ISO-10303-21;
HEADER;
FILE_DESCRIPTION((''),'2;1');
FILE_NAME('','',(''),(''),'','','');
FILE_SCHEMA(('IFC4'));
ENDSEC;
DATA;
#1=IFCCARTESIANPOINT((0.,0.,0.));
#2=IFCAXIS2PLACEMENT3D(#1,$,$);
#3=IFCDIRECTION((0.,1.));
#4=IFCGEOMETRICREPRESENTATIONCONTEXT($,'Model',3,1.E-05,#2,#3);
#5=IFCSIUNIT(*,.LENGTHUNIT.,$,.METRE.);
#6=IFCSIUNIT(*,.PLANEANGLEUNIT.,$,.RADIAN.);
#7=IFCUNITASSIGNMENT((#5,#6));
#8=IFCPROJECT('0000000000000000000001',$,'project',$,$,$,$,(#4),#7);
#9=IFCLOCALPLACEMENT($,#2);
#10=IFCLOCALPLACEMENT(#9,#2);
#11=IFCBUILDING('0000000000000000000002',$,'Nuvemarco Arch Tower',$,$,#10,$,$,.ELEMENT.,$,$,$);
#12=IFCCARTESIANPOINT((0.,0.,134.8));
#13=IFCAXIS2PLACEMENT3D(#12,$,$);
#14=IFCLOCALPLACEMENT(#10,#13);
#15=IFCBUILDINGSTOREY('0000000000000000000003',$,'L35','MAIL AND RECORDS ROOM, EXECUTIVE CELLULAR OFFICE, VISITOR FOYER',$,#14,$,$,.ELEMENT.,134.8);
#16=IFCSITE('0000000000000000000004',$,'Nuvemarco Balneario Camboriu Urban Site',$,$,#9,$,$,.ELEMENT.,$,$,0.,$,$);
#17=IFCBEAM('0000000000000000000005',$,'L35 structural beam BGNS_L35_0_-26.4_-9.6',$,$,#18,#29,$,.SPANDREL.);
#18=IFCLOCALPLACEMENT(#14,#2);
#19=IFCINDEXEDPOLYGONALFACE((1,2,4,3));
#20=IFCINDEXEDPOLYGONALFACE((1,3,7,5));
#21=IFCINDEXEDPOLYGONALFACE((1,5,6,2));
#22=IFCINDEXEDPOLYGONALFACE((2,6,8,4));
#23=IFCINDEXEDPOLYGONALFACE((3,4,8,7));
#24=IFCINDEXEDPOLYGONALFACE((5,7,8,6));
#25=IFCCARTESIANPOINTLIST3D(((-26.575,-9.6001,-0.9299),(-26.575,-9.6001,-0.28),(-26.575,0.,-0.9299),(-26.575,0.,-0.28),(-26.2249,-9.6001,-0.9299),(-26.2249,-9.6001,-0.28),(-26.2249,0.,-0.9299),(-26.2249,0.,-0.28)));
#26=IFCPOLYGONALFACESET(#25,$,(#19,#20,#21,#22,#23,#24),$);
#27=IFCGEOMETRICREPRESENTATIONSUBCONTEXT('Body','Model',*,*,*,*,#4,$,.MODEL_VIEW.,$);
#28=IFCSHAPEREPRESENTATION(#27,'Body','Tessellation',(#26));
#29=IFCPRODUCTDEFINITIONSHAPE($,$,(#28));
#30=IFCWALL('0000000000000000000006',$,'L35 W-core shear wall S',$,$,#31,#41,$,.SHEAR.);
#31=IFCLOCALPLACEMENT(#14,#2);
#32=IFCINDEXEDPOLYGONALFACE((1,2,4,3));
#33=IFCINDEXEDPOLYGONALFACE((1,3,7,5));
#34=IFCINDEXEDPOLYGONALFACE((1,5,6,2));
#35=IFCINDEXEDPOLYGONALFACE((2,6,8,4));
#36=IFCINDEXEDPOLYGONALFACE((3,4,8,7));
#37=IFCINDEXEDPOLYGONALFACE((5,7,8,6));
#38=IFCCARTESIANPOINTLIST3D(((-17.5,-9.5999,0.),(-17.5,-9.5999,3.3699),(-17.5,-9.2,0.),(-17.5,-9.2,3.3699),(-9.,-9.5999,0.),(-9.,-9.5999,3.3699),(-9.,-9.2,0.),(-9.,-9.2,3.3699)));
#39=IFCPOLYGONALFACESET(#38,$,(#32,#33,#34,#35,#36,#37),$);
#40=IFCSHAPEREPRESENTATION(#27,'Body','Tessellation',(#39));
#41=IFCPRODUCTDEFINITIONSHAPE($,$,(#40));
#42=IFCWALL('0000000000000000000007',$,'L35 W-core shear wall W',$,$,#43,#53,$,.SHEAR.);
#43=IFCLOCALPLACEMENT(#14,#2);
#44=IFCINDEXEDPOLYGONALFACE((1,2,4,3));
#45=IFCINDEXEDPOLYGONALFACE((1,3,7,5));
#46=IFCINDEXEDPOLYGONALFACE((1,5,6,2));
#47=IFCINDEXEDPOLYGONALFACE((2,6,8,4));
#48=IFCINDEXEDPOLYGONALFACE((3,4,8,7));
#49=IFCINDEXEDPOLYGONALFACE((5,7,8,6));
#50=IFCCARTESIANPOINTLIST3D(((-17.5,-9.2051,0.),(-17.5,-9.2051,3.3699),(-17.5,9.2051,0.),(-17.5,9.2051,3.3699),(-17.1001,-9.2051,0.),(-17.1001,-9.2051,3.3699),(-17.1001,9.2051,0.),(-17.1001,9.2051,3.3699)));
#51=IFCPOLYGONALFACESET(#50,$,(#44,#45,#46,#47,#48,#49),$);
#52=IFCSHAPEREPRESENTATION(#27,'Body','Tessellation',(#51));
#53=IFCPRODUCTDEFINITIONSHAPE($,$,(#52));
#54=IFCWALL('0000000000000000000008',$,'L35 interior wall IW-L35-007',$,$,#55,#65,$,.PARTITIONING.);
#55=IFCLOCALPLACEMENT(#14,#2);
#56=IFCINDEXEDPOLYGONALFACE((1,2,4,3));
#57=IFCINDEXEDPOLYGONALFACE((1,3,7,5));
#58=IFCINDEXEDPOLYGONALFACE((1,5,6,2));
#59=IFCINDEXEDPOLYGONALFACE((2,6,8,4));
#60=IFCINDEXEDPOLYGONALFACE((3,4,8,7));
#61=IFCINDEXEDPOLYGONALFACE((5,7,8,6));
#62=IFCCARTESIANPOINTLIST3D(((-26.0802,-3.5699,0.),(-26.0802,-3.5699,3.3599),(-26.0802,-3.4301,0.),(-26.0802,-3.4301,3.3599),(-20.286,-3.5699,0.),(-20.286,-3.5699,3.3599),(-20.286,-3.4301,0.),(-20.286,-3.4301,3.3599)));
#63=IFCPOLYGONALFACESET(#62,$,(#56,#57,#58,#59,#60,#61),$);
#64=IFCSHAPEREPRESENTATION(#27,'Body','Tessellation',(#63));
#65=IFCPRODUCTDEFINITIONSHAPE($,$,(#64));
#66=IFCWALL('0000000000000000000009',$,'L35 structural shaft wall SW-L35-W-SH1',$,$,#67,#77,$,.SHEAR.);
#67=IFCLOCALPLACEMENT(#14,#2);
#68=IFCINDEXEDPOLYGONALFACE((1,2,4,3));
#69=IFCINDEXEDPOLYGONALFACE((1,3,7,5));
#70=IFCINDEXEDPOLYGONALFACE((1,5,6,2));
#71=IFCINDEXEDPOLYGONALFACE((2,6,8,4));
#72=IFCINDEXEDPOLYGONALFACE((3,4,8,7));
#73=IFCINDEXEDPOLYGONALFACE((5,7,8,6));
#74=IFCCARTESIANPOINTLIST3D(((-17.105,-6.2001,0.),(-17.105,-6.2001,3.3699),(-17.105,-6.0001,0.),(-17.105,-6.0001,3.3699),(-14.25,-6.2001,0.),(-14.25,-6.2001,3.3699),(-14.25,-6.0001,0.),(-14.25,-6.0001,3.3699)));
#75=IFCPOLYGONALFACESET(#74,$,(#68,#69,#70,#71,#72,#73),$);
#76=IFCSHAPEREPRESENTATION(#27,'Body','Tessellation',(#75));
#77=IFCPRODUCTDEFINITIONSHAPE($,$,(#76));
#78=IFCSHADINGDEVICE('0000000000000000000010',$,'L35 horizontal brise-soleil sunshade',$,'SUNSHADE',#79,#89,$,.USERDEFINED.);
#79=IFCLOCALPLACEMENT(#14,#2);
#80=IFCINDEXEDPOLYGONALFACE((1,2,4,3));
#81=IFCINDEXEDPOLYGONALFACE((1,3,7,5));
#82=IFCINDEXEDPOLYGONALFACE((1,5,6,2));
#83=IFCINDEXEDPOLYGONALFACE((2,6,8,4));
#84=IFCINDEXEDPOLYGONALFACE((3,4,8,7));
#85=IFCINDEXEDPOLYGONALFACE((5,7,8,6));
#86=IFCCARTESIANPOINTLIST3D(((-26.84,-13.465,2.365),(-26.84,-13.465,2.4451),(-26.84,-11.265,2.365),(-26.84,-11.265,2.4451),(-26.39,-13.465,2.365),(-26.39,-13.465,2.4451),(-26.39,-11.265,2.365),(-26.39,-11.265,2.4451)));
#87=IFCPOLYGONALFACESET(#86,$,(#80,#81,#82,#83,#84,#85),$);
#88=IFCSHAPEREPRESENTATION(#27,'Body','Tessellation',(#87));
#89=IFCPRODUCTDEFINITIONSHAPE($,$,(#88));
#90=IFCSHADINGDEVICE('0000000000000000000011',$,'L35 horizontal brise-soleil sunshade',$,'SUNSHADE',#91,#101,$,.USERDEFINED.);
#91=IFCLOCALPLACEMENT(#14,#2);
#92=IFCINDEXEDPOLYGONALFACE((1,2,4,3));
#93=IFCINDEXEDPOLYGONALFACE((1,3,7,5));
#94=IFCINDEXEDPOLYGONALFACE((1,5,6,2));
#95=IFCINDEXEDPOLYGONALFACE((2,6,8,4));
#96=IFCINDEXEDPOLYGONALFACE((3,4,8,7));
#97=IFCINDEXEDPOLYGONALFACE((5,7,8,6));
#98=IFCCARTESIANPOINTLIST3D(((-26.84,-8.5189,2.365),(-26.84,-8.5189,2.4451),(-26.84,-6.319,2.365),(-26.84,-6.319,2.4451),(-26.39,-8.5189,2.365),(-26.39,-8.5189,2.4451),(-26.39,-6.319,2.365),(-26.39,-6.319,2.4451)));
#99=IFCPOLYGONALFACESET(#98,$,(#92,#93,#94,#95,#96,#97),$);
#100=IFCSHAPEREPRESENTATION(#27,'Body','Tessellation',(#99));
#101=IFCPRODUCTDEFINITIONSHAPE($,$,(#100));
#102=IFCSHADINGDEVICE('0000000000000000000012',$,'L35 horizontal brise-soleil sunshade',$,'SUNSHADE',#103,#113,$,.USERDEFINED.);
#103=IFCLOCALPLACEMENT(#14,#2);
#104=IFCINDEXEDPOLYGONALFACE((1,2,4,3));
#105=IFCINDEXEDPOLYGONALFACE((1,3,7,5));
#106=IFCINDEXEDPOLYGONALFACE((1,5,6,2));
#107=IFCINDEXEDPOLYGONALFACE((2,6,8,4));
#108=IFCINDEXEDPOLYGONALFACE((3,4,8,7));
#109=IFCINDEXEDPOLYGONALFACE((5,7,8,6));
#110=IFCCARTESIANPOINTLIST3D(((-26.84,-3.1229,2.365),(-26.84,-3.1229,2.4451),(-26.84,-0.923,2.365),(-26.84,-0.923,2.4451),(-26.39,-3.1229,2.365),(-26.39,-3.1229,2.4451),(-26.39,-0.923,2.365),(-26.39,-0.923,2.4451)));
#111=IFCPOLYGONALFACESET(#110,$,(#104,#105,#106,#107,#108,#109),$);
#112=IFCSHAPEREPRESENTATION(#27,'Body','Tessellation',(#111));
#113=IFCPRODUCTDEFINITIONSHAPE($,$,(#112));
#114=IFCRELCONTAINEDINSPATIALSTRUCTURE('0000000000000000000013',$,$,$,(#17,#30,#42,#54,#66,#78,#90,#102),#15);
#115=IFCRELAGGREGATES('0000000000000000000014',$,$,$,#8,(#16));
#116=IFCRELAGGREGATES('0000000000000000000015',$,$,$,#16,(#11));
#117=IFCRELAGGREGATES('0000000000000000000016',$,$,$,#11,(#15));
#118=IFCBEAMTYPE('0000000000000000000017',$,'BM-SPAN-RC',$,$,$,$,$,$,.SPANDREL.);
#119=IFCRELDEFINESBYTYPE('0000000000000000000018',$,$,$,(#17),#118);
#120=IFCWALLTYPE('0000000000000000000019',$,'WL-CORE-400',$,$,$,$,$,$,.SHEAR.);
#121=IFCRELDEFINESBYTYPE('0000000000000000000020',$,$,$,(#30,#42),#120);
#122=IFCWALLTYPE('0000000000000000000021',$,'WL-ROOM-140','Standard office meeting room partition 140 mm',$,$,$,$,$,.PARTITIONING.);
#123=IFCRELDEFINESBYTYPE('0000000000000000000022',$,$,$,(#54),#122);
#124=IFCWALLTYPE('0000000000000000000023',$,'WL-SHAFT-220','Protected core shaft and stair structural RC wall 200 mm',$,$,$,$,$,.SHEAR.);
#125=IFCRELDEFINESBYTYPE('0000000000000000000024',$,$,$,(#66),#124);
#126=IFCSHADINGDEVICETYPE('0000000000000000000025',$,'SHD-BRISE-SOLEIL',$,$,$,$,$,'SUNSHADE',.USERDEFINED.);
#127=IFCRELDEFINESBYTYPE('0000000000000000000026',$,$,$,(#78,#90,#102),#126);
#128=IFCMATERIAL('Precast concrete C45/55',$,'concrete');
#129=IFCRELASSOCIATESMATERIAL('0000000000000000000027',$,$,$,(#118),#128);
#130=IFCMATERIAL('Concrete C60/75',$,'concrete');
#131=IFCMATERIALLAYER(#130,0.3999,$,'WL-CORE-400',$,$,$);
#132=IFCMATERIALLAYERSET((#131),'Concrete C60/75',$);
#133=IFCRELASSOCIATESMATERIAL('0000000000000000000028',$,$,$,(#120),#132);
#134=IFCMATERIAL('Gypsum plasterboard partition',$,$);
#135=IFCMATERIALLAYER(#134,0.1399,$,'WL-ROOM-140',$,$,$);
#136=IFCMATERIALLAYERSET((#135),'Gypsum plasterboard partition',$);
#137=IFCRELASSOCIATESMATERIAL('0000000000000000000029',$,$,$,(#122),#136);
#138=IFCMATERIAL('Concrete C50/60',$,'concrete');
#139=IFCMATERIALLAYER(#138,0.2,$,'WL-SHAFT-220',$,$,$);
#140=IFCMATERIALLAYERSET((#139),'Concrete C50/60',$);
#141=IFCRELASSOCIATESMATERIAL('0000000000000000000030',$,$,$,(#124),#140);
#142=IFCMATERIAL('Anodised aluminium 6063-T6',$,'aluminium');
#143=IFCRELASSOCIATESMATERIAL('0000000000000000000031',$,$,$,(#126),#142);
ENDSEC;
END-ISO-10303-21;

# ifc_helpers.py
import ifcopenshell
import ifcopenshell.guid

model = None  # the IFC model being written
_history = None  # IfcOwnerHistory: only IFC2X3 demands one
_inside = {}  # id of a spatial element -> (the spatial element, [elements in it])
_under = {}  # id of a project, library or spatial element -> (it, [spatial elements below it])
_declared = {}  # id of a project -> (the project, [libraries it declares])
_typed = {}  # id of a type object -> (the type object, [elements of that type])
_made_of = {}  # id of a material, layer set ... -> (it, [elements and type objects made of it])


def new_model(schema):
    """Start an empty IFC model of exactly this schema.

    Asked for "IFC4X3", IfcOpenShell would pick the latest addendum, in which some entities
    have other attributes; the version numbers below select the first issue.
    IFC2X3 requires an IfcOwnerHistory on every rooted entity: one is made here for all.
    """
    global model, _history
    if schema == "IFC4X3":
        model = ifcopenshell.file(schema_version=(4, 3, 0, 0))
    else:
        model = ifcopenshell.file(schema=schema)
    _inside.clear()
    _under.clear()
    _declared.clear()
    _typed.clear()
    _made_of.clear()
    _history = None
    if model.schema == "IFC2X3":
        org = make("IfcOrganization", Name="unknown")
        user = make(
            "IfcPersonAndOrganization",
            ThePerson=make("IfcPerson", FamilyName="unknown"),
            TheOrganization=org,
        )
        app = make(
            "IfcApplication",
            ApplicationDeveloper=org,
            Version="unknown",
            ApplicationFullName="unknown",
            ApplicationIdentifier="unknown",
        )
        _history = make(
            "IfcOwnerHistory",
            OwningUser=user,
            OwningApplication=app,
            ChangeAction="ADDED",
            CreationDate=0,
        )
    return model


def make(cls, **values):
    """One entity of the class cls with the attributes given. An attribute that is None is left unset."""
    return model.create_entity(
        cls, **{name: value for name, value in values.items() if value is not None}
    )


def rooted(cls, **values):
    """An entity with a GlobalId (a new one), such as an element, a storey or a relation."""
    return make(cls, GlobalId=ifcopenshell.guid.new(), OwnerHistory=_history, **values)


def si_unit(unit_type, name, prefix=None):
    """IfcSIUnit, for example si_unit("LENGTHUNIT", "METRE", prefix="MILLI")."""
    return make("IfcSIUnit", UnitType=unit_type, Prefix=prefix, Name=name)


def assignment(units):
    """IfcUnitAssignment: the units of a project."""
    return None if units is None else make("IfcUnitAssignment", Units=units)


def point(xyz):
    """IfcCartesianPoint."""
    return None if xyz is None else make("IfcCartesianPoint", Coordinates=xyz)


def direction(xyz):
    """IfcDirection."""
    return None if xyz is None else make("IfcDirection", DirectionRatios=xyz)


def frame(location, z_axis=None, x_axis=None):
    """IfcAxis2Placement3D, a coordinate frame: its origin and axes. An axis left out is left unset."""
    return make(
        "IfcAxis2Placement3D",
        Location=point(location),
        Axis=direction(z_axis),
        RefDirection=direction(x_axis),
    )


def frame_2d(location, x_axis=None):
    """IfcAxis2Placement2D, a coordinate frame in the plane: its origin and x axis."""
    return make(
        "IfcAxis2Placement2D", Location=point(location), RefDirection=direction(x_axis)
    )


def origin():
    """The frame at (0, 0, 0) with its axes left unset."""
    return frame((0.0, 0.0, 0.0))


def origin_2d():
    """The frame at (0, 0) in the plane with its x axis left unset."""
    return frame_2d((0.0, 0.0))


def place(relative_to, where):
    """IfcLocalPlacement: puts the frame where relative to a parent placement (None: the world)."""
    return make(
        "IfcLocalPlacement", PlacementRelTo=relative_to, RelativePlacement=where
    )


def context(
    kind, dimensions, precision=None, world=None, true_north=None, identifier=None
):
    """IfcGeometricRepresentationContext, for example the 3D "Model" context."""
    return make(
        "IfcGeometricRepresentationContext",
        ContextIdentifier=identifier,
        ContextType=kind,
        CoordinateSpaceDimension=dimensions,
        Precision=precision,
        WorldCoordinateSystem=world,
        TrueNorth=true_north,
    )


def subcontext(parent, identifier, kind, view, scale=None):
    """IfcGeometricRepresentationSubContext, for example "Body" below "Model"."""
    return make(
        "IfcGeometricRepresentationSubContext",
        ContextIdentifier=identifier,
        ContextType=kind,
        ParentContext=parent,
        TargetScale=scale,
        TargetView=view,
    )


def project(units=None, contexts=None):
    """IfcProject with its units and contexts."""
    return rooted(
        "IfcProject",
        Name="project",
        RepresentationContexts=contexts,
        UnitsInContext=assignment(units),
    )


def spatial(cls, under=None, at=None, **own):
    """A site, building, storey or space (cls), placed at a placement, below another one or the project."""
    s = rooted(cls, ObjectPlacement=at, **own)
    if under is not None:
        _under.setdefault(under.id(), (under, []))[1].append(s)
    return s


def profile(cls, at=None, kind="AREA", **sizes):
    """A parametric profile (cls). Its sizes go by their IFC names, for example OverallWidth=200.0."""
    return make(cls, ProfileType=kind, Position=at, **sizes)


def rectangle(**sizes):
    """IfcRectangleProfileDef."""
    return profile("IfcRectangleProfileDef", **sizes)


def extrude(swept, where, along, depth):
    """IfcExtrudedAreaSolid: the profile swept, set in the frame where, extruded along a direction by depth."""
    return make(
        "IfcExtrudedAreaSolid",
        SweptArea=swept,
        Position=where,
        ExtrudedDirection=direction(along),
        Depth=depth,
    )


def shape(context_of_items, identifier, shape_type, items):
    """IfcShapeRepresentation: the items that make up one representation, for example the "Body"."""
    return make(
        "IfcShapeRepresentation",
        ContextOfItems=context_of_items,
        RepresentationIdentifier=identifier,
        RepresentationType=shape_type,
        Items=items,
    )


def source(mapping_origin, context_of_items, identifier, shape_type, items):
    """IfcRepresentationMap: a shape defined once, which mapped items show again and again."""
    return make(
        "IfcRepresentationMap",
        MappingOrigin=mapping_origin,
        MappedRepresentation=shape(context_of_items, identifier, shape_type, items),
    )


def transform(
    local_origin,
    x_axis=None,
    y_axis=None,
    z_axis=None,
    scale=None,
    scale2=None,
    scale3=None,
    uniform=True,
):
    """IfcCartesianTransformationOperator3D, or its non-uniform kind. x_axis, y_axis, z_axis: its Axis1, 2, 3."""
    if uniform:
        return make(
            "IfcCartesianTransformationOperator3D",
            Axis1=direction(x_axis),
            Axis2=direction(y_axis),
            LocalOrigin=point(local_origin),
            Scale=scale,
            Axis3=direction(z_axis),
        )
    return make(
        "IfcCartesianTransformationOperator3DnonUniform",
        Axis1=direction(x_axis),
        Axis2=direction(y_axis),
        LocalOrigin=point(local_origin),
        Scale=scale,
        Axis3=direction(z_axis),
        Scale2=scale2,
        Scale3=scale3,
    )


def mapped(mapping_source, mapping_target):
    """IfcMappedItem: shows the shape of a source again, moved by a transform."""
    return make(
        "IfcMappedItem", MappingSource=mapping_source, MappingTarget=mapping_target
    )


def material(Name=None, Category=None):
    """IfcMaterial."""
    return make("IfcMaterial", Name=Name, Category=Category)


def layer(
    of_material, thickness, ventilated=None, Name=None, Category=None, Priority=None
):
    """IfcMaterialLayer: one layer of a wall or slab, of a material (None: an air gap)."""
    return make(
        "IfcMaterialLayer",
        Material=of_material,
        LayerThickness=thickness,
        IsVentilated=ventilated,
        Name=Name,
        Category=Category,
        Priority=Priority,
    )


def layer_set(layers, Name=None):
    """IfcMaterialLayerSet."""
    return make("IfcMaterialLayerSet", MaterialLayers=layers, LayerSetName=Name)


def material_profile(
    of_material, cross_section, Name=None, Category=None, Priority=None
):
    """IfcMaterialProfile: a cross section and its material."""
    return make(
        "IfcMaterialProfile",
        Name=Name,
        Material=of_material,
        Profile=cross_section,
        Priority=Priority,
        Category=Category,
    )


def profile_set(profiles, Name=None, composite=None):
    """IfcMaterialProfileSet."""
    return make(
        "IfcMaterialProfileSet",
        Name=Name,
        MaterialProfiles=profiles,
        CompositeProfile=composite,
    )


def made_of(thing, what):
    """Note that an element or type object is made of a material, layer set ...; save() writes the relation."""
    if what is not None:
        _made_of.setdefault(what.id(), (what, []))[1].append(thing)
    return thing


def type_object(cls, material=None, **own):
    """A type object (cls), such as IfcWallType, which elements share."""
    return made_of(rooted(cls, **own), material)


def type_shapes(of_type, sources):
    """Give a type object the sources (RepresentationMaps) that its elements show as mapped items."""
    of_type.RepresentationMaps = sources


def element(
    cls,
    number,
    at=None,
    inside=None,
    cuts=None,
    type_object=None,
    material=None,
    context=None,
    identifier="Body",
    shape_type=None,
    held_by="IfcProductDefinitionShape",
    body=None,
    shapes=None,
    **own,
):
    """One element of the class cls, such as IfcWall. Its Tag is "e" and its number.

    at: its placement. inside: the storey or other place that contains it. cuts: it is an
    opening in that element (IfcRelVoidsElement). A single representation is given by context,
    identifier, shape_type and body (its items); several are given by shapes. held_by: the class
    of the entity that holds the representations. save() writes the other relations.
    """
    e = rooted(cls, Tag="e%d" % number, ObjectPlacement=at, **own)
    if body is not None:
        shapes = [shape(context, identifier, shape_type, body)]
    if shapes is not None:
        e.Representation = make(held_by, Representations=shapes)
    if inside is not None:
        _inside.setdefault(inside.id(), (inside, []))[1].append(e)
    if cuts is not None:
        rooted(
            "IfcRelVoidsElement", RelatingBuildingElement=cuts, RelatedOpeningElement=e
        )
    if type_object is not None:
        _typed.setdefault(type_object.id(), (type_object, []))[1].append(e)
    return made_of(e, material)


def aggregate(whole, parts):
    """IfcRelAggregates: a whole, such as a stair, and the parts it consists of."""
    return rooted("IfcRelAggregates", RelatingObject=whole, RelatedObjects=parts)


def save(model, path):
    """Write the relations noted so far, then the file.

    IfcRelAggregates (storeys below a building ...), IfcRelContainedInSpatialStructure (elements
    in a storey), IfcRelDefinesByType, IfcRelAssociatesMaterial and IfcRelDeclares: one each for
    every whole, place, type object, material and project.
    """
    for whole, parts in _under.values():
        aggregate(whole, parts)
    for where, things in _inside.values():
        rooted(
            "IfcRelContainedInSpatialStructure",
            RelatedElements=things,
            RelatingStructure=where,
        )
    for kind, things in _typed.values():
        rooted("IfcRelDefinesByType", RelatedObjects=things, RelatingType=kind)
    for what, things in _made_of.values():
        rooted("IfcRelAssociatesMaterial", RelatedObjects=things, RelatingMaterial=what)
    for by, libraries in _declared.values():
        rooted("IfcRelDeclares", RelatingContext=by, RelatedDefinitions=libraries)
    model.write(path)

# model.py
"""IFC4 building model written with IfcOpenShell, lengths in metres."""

from ifc_helpers import new_model, si_unit, direction, frame, frame_2d, origin, origin_2d, place, context, subcontext, project, spatial, rectangle, extrude, source, transform, mapped, material, layer, layer_set, material_profile, profile_set, type_object, type_shapes, element, save


model = new_model("IFC4")

# Units and contexts
model_context = context("Model", 3, precision=1e-05, world=origin(), true_north=direction((0.0, 1.0)))
body_context = subcontext(model_context, "Body", "Model", "MODEL_VIEW")
ifc_project = project(units=[si_unit("LENGTHUNIT", "METRE"), si_unit("PLANEANGLEUNIT", "RADIAN")], contexts=[model_context])

# Site, building, storey
site_placement = place(None, origin())
site = spatial("IfcSite", under=ifc_project, at=site_placement, Name="Nuvemarco Balneario Camboriu Urban Site", CompositionType="ELEMENT", RefElevation=0.0)
building_placement = place(site_placement, origin())
building = spatial("IfcBuilding", under=site, at=building_placement, Name="Nuvemarco Arch Tower", CompositionType="ELEMENT")
storey_placement = place(building_placement, frame((0.0, 0.0, 134.8)))
storey = spatial("IfcBuildingStorey", under=building, at=storey_placement, Name="L35", Description="MAIL AND RECORDS ROOM, EXECUTIVE CELLULAR OFFICE, VISITOR FOYER", CompositionType="ELEMENT", Elevation=134.8)

# Shared definitions
ifc_material_1 = material(Name="Concrete C50/60", Category="concrete")

# Beam
ifc_material_2 = material(Name="Precast concrete C45/55", Category="concrete")
ifc_material_profile_1 = material_profile(ifc_material_2, rectangle(XDim=0.3501, YDim=0.6499, at=origin_2d()), Name="PC-SP-350x650")
ifc_profile_set_1 = profile_set([ifc_material_profile_1], Name="Precast concrete C45/55")
beam_type_1 = type_object("IfcBeamType", Name="BM-SPAN-RC", PredefinedType="SPANDREL", material=ifc_profile_set_1)
beam_1_placement = place(storey_placement, frame((-26.3999, -9.6001, -0.605), z_axis=(0.0, 1.0, 0.0), x_axis=(-1.0, 0.0, 0.0)))
element("IfcBeam", 1, at=beam_1_placement, inside=storey, type_object=beam_type_1, Name="L35 structural beam BGNS_L35_0_-26.4_-9.6", PredefinedType="SPANDREL", context=body_context, shape_type="SweptSolid", body=[
    extrude(rectangle(XDim=0.3501, YDim=0.6499, at=origin_2d()), origin(), (0.0, 0.0, 1.0), 9.6001),
])

# Walls
ifc_material_3 = material(Name="Concrete C60/75", Category="concrete")
ifc_layer_1 = layer(ifc_material_3, 0.3999, Name="WL-CORE-400")
ifc_layer_set_1 = layer_set([ifc_layer_1], Name="Concrete C60/75")
wall_type_1 = type_object("IfcWallType", Name="WL-CORE-400", PredefinedType="SHEAR", material=ifc_layer_set_1)
wall_1_placement = place(storey_placement, frame((-17.5, -9.3999, 0.0), z_axis=(0.0, 0.0, 1.0), x_axis=(1.0, 0.0, 0.0)))
element("IfcWall", 2, at=wall_1_placement, inside=storey, type_object=wall_type_1, Name="L35 W-core shear wall S", PredefinedType="SHEAR", context=body_context, shape_type="SweptSolid", body=[
    extrude(rectangle(XDim=8.5, YDim=0.3999, at=frame_2d((4.25, 0.0))), origin(), (0.0, 0.0, 1.0), 3.3699),
])
wall_2_placement = place(storey_placement, frame((-17.3, -9.2051, 0.0), z_axis=(0.0, 0.0, 1.0), x_axis=(0.0, 1.0, 0.0)))
element("IfcWall", 3, at=wall_2_placement, inside=storey, type_object=wall_type_1, Name="L35 W-core shear wall W", PredefinedType="SHEAR", context=body_context, shape_type="SweptSolid", body=[
    extrude(rectangle(XDim=18.4102, YDim=0.3999, at=frame_2d((9.2051, 0.0))), origin(), (0.0, 0.0, 1.0), 3.3699),
])
ifc_material_4 = material(Name="Gypsum plasterboard partition")
ifc_layer_2 = layer(ifc_material_4, 0.1399, Name="WL-ROOM-140")
ifc_layer_set_2 = layer_set([ifc_layer_2], Name="Gypsum plasterboard partition")
wall_type_2 = type_object("IfcWallType", Name="WL-ROOM-140", Description="Standard office meeting room partition 140 mm", PredefinedType="PARTITIONING", material=ifc_layer_set_2)
wall_3_placement = place(storey_placement, frame((-26.0801, -3.5, 0.0), z_axis=(0.0, 0.0, 1.0), x_axis=(1.0, 0.0, 0.0)))
element("IfcWall", 4, at=wall_3_placement, inside=storey, type_object=wall_type_2, Name="L35 interior wall IW-L35-007", PredefinedType="PARTITIONING", context=body_context, shape_type="SweptSolid", body=[
    extrude(rectangle(XDim=5.7942, YDim=0.1399, at=frame_2d((2.897, 0.0))), origin(), (0.0, 0.0, 1.0), 3.3599),
])
ifc_layer_3 = layer(ifc_material_1, 0.2, Name="WL-SHAFT-220")
ifc_layer_set_3 = layer_set([ifc_layer_3], Name="Concrete C50/60")
wall_type_3 = type_object("IfcWallType", Name="WL-SHAFT-220", Description="Protected core shaft and stair structural RC wall 200 mm", PredefinedType="SHEAR", material=ifc_layer_set_3)
wall_4_placement = place(storey_placement, frame((-17.105, -6.1001, 0.0), z_axis=(0.0, 0.0, 1.0), x_axis=(1.0, 0.0, 0.0)))
element("IfcWall", 5, at=wall_4_placement, inside=storey, type_object=wall_type_3, Name="L35 structural shaft wall SW-L35-W-SH1", PredefinedType="SHEAR", context=body_context, shape_type="SweptSolid", body=[
    extrude(rectangle(XDim=2.855, YDim=0.2, at=frame_2d((1.4275, 0.0))), origin(), (0.0, 0.0, 1.0), 3.3699),
])

# Shading devices
ifc_material_5 = material(Name="Anodised aluminium 6063-T6", Category="aluminium")
shading_device_type = type_object("IfcShadingDeviceType", Name="SHD-BRISE-SOLEIL", ElementType="SUNSHADE", PredefinedType="USERDEFINED", material=ifc_material_5)
shared_shape = source(origin(), body_context, "Body", "SweptSolid", [
    extrude(rectangle(XDim=2.2, YDim=0.45, at=origin_2d()), origin(), (0.0, 0.0, 1.0), 0.0801),
])
type_shapes(shading_device_type, [shared_shape])
for number, where, z_axis, x_axis, name in (
    (6, (-26.615, -12.365, 2.365), (0.0, 0.0, 1.0), (0.0, 1.0, 0.0), "L35 horizontal brise-soleil sunshade"),
    (7, (-26.615, -7.4189, 2.365), (0.0, 0.0, 1.0), (0.0, 1.0, 0.0), "L35 horizontal brise-soleil sunshade"),
    (8, (-26.615, -2.0229, 2.365), (0.0, 0.0, 1.0), (0.0, 1.0, 0.0), "L35 horizontal brise-soleil sunshade"),
):
    element("IfcShadingDevice", number, at=place(storey_placement, frame(where, z_axis=z_axis, x_axis=x_axis)), inside=storey, type_object=shading_device_type, Name=name, ObjectType="SUNSHADE", PredefinedType="USERDEFINED", context=body_context, shape_type="MappedRepresentation", body=[
        mapped(shared_shape, transform((0.0, 0.0, 0.0), scale=1.0)),
    ])

save(model, "model.ifc")
